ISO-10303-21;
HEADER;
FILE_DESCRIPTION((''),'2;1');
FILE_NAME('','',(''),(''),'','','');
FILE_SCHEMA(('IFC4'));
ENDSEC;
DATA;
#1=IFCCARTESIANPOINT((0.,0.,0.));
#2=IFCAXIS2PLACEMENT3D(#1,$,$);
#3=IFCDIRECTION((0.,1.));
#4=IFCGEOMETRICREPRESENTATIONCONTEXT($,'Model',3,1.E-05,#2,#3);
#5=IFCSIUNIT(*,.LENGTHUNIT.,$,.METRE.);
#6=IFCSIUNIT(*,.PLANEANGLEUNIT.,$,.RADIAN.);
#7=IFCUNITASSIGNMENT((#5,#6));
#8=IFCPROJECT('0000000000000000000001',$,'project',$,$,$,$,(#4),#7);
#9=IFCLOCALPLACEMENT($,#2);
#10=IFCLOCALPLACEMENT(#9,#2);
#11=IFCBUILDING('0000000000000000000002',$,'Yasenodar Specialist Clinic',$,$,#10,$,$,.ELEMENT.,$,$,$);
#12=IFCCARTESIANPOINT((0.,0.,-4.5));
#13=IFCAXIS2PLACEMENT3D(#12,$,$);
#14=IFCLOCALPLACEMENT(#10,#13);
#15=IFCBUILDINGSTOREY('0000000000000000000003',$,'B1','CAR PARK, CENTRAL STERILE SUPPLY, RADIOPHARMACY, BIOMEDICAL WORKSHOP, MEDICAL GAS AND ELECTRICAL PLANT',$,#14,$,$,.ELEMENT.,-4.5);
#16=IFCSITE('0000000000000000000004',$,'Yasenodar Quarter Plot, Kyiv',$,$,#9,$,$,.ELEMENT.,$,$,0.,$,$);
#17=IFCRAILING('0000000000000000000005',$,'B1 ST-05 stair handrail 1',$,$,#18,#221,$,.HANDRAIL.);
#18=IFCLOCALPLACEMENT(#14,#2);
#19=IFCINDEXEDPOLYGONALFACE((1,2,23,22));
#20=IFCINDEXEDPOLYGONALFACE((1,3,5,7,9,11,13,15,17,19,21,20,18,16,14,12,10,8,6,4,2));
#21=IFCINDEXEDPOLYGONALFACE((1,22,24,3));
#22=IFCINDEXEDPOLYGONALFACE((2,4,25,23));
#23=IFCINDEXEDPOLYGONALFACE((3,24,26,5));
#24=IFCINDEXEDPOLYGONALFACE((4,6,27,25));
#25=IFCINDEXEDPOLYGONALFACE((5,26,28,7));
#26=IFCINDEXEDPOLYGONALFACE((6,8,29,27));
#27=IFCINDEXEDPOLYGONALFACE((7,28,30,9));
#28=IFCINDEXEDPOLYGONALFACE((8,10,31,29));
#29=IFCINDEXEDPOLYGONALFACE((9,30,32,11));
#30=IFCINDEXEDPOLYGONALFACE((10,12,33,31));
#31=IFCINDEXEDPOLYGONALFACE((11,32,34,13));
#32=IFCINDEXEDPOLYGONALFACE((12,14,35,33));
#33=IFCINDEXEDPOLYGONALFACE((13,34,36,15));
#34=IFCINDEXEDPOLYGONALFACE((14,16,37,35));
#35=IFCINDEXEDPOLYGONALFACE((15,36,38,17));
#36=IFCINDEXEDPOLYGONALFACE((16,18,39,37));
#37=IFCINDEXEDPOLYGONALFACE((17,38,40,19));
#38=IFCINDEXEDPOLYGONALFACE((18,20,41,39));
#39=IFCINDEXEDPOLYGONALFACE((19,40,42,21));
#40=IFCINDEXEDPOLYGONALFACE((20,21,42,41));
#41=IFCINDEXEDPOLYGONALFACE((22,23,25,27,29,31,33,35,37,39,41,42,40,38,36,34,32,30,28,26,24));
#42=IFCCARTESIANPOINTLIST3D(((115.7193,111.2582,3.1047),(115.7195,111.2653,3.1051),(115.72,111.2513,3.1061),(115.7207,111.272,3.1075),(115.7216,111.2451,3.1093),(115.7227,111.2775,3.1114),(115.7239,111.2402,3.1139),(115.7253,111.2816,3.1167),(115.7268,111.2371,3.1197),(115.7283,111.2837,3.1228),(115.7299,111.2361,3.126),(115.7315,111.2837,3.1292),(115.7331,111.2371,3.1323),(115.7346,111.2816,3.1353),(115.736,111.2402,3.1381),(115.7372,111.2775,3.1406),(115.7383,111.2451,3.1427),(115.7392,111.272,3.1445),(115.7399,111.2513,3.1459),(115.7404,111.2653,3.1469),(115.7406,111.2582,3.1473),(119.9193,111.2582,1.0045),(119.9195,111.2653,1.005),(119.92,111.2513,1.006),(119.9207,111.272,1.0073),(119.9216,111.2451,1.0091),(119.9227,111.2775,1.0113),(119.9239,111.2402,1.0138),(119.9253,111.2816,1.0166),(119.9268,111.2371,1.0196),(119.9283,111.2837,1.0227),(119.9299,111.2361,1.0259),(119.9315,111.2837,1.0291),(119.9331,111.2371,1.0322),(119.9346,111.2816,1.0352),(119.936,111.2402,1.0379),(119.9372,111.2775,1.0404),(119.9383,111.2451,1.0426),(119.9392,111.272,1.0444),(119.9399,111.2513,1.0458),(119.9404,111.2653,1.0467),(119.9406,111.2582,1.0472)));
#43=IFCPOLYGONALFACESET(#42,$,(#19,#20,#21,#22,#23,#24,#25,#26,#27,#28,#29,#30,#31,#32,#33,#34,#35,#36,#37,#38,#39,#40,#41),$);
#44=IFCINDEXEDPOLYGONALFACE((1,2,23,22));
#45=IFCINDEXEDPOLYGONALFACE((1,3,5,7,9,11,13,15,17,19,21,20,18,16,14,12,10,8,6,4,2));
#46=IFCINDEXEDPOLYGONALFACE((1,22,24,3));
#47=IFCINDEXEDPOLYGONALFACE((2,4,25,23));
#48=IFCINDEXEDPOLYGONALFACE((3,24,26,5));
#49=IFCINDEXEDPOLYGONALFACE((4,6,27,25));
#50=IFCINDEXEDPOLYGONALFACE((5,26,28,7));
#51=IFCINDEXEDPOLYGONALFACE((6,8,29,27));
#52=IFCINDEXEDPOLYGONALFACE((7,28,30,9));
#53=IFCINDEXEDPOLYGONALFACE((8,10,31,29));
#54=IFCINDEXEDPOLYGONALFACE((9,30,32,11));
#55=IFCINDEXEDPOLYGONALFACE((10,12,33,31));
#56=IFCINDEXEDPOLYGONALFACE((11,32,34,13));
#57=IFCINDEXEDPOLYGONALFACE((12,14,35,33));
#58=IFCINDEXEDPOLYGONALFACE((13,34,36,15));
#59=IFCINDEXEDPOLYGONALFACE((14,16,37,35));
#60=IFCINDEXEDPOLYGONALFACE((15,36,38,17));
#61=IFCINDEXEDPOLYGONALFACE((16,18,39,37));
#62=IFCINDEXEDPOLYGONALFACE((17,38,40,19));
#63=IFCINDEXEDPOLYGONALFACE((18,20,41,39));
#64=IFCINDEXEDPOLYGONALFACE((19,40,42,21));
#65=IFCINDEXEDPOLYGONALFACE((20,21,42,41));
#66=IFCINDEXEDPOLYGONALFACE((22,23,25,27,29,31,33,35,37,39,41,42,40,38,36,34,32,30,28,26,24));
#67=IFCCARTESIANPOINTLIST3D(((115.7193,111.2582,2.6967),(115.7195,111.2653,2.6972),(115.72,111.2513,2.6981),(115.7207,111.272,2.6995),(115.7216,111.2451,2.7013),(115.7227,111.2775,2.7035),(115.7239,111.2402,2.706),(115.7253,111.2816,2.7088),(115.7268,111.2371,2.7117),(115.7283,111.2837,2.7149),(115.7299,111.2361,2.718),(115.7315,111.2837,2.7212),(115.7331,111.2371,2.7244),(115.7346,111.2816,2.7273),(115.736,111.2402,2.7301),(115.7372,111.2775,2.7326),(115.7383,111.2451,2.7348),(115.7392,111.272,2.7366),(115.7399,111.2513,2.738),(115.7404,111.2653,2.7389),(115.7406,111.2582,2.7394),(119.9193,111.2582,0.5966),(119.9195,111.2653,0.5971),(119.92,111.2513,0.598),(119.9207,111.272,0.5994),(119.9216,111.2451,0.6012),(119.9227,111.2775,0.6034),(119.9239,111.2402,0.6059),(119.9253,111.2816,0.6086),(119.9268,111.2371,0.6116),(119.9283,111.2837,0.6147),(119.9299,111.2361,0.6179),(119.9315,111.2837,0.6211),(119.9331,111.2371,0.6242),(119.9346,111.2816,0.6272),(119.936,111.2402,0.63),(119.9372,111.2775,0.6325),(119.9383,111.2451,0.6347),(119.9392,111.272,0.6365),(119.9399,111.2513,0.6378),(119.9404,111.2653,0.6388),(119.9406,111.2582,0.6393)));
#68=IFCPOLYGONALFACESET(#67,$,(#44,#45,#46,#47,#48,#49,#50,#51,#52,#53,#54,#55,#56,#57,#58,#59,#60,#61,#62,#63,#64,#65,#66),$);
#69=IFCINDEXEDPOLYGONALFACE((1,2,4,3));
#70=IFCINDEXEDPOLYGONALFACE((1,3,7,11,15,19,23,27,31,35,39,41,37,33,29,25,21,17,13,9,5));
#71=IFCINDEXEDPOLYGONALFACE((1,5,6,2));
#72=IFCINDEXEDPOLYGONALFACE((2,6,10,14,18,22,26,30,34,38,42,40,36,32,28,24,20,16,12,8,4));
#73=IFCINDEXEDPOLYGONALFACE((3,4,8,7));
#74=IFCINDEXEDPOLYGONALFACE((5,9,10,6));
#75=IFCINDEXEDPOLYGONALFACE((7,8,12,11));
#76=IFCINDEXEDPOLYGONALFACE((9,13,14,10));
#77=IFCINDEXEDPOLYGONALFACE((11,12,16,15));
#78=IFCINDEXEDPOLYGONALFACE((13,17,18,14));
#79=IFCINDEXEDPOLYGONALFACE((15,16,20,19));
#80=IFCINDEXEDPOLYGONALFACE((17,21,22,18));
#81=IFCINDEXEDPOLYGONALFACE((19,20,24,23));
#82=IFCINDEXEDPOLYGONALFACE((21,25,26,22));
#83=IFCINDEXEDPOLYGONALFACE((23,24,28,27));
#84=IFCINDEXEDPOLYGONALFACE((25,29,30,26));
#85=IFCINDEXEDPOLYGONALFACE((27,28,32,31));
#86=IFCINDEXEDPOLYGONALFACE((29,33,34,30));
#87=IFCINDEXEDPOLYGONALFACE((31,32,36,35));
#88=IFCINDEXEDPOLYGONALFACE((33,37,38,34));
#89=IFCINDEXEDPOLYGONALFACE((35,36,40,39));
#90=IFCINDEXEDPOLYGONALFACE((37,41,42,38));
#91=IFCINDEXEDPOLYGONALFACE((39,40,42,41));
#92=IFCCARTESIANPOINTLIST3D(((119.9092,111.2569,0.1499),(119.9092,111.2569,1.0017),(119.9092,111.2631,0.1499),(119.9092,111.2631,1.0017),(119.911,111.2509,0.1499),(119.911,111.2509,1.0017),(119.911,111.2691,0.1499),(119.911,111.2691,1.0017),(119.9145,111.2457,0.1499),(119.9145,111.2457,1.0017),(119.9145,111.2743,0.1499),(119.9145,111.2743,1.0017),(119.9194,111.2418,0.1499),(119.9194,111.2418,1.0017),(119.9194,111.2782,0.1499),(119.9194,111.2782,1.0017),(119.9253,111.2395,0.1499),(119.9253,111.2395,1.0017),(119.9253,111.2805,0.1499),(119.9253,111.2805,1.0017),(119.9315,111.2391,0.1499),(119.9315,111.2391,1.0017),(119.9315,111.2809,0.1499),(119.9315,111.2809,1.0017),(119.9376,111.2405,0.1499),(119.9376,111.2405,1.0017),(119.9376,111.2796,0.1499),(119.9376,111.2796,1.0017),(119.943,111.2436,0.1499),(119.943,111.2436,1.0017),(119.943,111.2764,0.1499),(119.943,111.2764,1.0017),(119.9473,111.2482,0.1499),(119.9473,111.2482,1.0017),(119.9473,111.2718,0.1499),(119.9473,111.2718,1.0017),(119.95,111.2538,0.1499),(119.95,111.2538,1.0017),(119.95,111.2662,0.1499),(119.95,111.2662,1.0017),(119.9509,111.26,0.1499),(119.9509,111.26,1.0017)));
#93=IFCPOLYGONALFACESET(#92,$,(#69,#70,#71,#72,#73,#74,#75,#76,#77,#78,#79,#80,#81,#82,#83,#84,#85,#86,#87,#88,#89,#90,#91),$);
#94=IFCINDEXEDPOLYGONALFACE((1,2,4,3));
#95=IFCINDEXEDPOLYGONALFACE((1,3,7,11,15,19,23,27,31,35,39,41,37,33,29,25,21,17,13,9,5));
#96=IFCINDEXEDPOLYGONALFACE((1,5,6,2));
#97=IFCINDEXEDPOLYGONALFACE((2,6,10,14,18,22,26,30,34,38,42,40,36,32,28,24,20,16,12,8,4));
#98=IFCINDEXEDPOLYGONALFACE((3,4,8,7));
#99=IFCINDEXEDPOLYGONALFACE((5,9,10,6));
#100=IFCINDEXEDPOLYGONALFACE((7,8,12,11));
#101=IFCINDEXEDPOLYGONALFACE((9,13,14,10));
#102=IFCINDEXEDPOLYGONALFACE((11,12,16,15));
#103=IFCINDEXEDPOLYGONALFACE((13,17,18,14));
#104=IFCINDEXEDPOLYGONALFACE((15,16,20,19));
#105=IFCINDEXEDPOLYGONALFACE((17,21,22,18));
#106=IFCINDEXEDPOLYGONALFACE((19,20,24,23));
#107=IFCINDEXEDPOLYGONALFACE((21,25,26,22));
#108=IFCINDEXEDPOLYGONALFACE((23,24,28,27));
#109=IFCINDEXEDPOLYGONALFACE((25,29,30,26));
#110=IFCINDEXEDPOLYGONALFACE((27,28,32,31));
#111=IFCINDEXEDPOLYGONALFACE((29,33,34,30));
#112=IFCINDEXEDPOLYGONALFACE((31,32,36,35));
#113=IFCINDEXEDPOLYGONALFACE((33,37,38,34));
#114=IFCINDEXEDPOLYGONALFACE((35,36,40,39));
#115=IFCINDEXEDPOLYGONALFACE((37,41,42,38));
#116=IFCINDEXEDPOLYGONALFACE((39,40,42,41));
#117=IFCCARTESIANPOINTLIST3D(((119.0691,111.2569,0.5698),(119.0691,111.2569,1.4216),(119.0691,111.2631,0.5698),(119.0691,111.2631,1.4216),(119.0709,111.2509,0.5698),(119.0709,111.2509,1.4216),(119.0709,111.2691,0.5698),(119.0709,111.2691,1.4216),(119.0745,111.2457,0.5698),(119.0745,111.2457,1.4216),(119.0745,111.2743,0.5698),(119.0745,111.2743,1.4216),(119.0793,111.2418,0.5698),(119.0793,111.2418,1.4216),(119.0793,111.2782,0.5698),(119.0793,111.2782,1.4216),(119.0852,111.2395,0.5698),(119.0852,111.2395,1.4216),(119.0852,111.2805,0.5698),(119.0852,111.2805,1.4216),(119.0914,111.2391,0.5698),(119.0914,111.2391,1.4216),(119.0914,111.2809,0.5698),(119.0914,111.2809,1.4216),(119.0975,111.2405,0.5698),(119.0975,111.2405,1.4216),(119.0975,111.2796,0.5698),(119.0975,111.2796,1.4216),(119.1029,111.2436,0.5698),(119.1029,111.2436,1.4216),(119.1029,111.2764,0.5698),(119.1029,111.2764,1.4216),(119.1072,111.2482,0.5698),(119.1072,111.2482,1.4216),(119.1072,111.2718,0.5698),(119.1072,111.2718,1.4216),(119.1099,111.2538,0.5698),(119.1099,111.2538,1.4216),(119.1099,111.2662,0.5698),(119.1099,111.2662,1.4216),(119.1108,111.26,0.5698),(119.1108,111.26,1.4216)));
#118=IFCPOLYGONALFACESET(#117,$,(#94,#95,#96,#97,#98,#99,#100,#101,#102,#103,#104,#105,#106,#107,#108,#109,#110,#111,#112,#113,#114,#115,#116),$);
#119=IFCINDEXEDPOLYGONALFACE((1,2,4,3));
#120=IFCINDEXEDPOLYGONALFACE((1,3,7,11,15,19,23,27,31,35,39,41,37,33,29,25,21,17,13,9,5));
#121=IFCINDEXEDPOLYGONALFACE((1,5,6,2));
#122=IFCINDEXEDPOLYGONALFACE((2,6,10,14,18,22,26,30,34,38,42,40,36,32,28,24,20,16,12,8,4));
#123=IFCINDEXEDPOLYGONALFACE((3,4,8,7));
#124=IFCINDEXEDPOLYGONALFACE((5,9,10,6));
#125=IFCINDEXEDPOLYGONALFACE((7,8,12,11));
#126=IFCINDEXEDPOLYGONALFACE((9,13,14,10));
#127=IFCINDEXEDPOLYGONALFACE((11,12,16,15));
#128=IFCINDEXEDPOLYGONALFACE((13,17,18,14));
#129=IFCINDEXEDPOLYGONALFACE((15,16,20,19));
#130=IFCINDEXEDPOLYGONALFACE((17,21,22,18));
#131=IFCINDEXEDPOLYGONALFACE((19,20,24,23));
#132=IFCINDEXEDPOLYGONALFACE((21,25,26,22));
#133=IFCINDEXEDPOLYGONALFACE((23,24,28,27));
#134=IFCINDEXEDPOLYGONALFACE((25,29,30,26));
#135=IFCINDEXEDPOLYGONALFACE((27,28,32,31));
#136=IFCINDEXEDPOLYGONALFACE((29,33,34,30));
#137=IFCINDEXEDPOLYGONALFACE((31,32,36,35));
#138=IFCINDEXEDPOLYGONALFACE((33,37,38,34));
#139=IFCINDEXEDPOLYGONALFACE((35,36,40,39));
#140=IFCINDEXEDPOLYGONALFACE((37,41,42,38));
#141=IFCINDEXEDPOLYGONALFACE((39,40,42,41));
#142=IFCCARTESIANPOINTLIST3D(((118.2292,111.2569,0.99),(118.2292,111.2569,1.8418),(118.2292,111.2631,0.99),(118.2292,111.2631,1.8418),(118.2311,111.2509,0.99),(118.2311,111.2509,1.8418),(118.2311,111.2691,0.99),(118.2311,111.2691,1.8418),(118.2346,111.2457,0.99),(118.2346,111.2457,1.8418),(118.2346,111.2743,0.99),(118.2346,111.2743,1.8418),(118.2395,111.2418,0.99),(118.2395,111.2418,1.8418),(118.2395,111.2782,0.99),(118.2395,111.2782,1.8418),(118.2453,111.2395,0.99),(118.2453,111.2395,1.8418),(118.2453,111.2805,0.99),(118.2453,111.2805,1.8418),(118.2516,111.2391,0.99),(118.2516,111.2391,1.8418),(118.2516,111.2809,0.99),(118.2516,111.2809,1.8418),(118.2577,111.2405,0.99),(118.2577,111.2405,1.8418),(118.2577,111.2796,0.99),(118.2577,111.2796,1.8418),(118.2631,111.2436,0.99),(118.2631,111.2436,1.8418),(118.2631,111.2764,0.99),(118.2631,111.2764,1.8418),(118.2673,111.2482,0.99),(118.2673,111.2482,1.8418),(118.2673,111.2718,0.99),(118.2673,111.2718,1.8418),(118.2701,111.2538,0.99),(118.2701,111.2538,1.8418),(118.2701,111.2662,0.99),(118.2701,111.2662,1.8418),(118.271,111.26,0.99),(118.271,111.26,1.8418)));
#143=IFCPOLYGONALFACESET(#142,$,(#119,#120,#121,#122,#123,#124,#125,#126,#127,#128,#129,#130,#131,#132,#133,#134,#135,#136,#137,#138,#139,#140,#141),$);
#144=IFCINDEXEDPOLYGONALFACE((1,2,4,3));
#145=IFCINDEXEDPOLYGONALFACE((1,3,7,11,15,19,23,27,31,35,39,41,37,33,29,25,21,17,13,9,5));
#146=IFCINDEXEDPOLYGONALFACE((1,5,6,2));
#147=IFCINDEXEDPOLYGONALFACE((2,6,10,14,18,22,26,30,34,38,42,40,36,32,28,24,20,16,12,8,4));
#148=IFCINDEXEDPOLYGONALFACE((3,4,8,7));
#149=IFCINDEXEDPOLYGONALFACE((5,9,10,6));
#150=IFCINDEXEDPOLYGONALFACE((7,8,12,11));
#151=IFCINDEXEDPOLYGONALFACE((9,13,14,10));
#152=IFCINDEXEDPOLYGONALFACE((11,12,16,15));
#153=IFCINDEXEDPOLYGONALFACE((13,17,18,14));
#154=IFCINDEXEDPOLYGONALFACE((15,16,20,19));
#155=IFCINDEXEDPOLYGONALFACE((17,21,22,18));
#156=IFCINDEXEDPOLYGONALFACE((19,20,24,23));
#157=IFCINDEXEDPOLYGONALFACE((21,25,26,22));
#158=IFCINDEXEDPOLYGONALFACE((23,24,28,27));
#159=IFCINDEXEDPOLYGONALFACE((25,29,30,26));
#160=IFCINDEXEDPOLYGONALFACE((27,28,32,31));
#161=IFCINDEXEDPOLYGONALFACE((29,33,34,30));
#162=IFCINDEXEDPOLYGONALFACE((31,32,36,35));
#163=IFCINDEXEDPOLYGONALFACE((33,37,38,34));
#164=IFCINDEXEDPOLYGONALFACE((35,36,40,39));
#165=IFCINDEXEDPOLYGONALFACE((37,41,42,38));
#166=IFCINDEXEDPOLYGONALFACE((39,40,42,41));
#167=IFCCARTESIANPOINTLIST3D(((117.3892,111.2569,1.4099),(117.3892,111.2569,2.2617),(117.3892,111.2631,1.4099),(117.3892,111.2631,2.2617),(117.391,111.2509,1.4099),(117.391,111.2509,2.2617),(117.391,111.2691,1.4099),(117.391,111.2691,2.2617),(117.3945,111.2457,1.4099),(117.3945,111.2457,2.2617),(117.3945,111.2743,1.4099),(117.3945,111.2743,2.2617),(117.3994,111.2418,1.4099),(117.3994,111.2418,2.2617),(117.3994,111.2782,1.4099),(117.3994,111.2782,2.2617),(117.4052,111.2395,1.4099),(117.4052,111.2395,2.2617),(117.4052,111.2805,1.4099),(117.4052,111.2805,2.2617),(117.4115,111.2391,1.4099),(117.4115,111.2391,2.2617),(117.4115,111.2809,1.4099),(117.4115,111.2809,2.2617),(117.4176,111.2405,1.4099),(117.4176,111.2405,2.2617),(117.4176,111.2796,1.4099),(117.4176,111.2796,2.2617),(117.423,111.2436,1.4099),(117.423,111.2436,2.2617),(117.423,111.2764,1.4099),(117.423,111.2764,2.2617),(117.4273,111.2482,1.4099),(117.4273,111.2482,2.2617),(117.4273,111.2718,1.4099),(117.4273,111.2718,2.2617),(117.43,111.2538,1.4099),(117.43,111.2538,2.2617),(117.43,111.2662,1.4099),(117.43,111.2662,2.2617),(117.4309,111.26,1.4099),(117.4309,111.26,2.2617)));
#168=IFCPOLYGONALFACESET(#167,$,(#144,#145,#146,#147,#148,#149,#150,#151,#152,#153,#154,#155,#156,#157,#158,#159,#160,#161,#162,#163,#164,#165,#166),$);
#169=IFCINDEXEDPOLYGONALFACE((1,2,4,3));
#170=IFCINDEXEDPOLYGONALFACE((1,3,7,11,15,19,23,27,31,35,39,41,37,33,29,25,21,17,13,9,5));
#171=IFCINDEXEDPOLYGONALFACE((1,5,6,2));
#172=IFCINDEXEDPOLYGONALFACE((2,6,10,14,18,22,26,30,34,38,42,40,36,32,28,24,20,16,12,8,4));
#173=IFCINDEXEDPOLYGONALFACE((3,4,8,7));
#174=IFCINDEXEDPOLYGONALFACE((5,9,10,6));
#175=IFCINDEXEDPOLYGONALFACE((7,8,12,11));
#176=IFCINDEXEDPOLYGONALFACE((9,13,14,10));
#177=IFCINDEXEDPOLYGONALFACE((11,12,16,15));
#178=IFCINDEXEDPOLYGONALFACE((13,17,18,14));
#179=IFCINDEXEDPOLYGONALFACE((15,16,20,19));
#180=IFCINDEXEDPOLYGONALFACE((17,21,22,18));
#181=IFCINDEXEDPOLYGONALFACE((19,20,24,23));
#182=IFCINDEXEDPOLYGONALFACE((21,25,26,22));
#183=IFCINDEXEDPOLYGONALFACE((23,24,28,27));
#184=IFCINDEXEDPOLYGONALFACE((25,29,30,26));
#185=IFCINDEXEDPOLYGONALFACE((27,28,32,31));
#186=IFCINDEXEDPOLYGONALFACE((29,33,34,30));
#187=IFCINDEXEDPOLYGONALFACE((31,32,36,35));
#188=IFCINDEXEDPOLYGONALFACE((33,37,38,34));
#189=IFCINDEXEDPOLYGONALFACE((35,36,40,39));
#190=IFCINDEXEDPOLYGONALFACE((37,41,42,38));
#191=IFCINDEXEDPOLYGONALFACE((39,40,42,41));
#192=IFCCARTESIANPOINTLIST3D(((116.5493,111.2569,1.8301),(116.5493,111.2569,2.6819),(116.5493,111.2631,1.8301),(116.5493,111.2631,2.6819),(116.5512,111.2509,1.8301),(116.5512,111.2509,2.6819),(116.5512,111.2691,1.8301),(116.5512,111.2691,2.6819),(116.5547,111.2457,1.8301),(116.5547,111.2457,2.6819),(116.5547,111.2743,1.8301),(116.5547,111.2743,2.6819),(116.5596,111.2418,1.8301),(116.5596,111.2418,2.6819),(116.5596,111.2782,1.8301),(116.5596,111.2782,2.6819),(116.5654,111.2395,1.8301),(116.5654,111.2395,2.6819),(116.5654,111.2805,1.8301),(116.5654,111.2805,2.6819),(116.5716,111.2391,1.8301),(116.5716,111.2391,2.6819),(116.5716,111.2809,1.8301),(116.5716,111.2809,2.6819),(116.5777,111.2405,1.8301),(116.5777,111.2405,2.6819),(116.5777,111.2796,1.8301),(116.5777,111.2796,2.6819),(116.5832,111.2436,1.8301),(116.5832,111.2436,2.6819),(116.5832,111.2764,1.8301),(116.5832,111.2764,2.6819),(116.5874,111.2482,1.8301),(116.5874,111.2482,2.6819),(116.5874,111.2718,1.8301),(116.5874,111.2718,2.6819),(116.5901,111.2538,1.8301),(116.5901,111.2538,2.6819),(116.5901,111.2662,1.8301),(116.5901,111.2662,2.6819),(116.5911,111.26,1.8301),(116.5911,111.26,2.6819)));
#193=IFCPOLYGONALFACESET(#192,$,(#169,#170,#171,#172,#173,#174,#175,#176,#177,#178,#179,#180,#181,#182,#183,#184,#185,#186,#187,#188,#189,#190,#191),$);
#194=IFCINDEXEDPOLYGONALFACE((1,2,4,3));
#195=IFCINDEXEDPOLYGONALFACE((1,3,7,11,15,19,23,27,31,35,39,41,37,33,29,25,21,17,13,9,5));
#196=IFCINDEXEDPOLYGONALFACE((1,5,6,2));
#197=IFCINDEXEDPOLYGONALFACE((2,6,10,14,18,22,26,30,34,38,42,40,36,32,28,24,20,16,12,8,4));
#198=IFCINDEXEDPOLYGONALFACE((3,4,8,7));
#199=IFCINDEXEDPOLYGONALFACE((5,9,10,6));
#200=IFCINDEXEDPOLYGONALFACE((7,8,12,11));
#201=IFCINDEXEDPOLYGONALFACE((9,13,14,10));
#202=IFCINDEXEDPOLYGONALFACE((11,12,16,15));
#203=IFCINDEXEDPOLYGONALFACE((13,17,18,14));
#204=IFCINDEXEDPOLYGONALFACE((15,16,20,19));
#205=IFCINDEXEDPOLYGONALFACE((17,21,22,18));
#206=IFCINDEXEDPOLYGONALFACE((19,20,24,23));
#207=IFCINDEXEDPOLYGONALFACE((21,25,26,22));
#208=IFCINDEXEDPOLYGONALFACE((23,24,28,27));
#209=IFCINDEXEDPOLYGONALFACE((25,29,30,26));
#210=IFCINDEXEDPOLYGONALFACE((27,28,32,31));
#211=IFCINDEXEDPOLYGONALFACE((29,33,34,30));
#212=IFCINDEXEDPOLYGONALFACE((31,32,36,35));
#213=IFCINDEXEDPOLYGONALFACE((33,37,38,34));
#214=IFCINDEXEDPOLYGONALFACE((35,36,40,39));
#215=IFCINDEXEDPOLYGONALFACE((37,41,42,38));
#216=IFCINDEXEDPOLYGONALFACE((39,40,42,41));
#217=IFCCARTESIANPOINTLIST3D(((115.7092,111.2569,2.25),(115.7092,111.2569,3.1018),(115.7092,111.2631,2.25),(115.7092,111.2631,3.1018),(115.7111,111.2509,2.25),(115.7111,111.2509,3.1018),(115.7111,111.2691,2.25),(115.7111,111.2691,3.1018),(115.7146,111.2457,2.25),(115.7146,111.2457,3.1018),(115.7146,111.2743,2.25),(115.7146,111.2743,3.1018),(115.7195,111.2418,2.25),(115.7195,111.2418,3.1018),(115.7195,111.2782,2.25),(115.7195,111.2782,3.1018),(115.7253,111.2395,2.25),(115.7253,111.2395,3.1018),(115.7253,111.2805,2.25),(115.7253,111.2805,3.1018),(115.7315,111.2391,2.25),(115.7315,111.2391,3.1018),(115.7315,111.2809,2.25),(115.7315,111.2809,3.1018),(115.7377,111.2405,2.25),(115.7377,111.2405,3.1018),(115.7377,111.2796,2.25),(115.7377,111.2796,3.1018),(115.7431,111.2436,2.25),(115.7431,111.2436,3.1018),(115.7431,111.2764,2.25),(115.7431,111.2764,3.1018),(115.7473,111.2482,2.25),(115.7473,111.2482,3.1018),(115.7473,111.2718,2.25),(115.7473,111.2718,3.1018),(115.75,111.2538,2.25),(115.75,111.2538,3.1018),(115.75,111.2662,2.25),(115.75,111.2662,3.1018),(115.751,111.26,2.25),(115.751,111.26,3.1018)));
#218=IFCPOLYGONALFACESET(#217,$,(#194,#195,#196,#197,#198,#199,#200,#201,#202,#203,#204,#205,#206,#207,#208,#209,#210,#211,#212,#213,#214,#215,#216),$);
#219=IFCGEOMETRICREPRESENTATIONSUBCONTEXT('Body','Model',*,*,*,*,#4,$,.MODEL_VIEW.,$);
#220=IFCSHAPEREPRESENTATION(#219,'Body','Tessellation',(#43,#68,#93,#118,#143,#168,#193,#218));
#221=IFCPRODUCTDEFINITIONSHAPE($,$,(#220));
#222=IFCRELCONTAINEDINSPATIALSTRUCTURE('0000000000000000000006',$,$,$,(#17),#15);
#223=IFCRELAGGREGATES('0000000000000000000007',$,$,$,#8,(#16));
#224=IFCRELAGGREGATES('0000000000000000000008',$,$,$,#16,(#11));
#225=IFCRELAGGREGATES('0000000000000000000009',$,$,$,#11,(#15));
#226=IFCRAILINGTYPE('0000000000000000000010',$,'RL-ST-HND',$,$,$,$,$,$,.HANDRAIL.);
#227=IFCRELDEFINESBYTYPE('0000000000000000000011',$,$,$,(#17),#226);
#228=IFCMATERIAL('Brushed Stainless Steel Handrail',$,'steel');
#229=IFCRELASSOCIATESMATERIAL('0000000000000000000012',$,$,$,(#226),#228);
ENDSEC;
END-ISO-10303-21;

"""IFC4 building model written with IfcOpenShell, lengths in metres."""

from ifc_helpers import new_model, si_unit, direction, frame, origin, origin_2d, place, context, subcontext, project, spatial, circle, extrude, material, type_object, element, save


model = new_model("IFC4")

# Units and contexts
model_context = context("Model", 3, precision=1e-05, world=origin(), true_north=direction((0.0, 1.0)))
body_context = subcontext(model_context, "Body", "Model", "MODEL_VIEW")
ifc_project = project(units=[si_unit("LENGTHUNIT", "METRE"), si_unit("PLANEANGLEUNIT", "RADIAN")], contexts=[model_context])

# Site, building, storey
site_placement = place(None, origin())
site = spatial("IfcSite", under=ifc_project, at=site_placement, Name="Yasenodar Quarter Plot, Kyiv", CompositionType="ELEMENT", RefElevation=0.0)
building_placement = place(site_placement, origin())
building = spatial("IfcBuilding", under=site, at=building_placement, Name="Yasenodar Specialist Clinic", CompositionType="ELEMENT")
storey_placement = place(building_placement, frame((0.0, 0.0, -4.5)))
storey = spatial("IfcBuildingStorey", under=building, at=storey_placement, Name="B1", Description="CAR PARK, CENTRAL STERILE SUPPLY, RADIOPHARMACY, BIOMEDICAL WORKSHOP, MEDICAL GAS AND ELECTRICAL PLANT", CompositionType="ELEMENT", Elevation=-4.5)

# Railing
ifc_material_1 = material(Name="Brushed Stainless Steel Handrail", Category="steel")
railing_type_1 = type_object("IfcRailingType", Name="RL-ST-HND", PredefinedType="HANDRAIL", material=ifc_material_1)
railing_1_placement = place(storey_placement, frame((119.9299, 111.26, 0.1499)))
element("IfcRailing", 1, at=railing_1_placement, inside=storey, type_object=railing_type_1, Name="B1 ST-05 stair handrail 1", PredefinedType="HANDRAIL", context=body_context, shape_type="SweptSolid", body=[
    extrude(circle(Radius=0.0239, at=origin_2d()), frame((0.0, 0.0, 0.876), z_axis=(-0.894417, 0.0, 0.447234), x_axis=(0.0, -1.0, 0.0)), (0.0, 0.0, 1.0), 4.6958),
    extrude(circle(Radius=0.0239, at=origin_2d()), frame((0.0, 0.0, 0.468), z_axis=(-0.894417, 0.0, 0.447234), x_axis=(0.0, -1.0, 0.0)), (0.0, 0.0, 1.0), 4.6958),
    extrude(circle(Radius=0.021, at=origin_2d()), origin(), (0.0, 0.0, 1.0), 0.8518),
    extrude(circle(Radius=0.021, at=origin_2d()), frame((-0.8401, 0.0, 0.4199)), (0.0, 0.0, 1.0), 0.8518),
    extrude(circle(Radius=0.021, at=origin_2d()), frame((-1.6799, 0.0, 0.8401)), (0.0, 0.0, 1.0), 0.8518),
    extrude(circle(Radius=0.021, at=origin_2d()), frame((-2.52, 0.0, 1.26)), (0.0, 0.0, 1.0), 0.8518),
    extrude(circle(Radius=0.021, at=origin_2d()), frame((-3.3599, 0.0, 1.6802)), (0.0, 0.0, 1.0), 0.8518),
    extrude(circle(Radius=0.021, at=origin_2d()), frame((-4.2, 0.0, 2.1001)), (0.0, 0.0, 1.0), 0.8518),
])

save(model, "model.ifc")
